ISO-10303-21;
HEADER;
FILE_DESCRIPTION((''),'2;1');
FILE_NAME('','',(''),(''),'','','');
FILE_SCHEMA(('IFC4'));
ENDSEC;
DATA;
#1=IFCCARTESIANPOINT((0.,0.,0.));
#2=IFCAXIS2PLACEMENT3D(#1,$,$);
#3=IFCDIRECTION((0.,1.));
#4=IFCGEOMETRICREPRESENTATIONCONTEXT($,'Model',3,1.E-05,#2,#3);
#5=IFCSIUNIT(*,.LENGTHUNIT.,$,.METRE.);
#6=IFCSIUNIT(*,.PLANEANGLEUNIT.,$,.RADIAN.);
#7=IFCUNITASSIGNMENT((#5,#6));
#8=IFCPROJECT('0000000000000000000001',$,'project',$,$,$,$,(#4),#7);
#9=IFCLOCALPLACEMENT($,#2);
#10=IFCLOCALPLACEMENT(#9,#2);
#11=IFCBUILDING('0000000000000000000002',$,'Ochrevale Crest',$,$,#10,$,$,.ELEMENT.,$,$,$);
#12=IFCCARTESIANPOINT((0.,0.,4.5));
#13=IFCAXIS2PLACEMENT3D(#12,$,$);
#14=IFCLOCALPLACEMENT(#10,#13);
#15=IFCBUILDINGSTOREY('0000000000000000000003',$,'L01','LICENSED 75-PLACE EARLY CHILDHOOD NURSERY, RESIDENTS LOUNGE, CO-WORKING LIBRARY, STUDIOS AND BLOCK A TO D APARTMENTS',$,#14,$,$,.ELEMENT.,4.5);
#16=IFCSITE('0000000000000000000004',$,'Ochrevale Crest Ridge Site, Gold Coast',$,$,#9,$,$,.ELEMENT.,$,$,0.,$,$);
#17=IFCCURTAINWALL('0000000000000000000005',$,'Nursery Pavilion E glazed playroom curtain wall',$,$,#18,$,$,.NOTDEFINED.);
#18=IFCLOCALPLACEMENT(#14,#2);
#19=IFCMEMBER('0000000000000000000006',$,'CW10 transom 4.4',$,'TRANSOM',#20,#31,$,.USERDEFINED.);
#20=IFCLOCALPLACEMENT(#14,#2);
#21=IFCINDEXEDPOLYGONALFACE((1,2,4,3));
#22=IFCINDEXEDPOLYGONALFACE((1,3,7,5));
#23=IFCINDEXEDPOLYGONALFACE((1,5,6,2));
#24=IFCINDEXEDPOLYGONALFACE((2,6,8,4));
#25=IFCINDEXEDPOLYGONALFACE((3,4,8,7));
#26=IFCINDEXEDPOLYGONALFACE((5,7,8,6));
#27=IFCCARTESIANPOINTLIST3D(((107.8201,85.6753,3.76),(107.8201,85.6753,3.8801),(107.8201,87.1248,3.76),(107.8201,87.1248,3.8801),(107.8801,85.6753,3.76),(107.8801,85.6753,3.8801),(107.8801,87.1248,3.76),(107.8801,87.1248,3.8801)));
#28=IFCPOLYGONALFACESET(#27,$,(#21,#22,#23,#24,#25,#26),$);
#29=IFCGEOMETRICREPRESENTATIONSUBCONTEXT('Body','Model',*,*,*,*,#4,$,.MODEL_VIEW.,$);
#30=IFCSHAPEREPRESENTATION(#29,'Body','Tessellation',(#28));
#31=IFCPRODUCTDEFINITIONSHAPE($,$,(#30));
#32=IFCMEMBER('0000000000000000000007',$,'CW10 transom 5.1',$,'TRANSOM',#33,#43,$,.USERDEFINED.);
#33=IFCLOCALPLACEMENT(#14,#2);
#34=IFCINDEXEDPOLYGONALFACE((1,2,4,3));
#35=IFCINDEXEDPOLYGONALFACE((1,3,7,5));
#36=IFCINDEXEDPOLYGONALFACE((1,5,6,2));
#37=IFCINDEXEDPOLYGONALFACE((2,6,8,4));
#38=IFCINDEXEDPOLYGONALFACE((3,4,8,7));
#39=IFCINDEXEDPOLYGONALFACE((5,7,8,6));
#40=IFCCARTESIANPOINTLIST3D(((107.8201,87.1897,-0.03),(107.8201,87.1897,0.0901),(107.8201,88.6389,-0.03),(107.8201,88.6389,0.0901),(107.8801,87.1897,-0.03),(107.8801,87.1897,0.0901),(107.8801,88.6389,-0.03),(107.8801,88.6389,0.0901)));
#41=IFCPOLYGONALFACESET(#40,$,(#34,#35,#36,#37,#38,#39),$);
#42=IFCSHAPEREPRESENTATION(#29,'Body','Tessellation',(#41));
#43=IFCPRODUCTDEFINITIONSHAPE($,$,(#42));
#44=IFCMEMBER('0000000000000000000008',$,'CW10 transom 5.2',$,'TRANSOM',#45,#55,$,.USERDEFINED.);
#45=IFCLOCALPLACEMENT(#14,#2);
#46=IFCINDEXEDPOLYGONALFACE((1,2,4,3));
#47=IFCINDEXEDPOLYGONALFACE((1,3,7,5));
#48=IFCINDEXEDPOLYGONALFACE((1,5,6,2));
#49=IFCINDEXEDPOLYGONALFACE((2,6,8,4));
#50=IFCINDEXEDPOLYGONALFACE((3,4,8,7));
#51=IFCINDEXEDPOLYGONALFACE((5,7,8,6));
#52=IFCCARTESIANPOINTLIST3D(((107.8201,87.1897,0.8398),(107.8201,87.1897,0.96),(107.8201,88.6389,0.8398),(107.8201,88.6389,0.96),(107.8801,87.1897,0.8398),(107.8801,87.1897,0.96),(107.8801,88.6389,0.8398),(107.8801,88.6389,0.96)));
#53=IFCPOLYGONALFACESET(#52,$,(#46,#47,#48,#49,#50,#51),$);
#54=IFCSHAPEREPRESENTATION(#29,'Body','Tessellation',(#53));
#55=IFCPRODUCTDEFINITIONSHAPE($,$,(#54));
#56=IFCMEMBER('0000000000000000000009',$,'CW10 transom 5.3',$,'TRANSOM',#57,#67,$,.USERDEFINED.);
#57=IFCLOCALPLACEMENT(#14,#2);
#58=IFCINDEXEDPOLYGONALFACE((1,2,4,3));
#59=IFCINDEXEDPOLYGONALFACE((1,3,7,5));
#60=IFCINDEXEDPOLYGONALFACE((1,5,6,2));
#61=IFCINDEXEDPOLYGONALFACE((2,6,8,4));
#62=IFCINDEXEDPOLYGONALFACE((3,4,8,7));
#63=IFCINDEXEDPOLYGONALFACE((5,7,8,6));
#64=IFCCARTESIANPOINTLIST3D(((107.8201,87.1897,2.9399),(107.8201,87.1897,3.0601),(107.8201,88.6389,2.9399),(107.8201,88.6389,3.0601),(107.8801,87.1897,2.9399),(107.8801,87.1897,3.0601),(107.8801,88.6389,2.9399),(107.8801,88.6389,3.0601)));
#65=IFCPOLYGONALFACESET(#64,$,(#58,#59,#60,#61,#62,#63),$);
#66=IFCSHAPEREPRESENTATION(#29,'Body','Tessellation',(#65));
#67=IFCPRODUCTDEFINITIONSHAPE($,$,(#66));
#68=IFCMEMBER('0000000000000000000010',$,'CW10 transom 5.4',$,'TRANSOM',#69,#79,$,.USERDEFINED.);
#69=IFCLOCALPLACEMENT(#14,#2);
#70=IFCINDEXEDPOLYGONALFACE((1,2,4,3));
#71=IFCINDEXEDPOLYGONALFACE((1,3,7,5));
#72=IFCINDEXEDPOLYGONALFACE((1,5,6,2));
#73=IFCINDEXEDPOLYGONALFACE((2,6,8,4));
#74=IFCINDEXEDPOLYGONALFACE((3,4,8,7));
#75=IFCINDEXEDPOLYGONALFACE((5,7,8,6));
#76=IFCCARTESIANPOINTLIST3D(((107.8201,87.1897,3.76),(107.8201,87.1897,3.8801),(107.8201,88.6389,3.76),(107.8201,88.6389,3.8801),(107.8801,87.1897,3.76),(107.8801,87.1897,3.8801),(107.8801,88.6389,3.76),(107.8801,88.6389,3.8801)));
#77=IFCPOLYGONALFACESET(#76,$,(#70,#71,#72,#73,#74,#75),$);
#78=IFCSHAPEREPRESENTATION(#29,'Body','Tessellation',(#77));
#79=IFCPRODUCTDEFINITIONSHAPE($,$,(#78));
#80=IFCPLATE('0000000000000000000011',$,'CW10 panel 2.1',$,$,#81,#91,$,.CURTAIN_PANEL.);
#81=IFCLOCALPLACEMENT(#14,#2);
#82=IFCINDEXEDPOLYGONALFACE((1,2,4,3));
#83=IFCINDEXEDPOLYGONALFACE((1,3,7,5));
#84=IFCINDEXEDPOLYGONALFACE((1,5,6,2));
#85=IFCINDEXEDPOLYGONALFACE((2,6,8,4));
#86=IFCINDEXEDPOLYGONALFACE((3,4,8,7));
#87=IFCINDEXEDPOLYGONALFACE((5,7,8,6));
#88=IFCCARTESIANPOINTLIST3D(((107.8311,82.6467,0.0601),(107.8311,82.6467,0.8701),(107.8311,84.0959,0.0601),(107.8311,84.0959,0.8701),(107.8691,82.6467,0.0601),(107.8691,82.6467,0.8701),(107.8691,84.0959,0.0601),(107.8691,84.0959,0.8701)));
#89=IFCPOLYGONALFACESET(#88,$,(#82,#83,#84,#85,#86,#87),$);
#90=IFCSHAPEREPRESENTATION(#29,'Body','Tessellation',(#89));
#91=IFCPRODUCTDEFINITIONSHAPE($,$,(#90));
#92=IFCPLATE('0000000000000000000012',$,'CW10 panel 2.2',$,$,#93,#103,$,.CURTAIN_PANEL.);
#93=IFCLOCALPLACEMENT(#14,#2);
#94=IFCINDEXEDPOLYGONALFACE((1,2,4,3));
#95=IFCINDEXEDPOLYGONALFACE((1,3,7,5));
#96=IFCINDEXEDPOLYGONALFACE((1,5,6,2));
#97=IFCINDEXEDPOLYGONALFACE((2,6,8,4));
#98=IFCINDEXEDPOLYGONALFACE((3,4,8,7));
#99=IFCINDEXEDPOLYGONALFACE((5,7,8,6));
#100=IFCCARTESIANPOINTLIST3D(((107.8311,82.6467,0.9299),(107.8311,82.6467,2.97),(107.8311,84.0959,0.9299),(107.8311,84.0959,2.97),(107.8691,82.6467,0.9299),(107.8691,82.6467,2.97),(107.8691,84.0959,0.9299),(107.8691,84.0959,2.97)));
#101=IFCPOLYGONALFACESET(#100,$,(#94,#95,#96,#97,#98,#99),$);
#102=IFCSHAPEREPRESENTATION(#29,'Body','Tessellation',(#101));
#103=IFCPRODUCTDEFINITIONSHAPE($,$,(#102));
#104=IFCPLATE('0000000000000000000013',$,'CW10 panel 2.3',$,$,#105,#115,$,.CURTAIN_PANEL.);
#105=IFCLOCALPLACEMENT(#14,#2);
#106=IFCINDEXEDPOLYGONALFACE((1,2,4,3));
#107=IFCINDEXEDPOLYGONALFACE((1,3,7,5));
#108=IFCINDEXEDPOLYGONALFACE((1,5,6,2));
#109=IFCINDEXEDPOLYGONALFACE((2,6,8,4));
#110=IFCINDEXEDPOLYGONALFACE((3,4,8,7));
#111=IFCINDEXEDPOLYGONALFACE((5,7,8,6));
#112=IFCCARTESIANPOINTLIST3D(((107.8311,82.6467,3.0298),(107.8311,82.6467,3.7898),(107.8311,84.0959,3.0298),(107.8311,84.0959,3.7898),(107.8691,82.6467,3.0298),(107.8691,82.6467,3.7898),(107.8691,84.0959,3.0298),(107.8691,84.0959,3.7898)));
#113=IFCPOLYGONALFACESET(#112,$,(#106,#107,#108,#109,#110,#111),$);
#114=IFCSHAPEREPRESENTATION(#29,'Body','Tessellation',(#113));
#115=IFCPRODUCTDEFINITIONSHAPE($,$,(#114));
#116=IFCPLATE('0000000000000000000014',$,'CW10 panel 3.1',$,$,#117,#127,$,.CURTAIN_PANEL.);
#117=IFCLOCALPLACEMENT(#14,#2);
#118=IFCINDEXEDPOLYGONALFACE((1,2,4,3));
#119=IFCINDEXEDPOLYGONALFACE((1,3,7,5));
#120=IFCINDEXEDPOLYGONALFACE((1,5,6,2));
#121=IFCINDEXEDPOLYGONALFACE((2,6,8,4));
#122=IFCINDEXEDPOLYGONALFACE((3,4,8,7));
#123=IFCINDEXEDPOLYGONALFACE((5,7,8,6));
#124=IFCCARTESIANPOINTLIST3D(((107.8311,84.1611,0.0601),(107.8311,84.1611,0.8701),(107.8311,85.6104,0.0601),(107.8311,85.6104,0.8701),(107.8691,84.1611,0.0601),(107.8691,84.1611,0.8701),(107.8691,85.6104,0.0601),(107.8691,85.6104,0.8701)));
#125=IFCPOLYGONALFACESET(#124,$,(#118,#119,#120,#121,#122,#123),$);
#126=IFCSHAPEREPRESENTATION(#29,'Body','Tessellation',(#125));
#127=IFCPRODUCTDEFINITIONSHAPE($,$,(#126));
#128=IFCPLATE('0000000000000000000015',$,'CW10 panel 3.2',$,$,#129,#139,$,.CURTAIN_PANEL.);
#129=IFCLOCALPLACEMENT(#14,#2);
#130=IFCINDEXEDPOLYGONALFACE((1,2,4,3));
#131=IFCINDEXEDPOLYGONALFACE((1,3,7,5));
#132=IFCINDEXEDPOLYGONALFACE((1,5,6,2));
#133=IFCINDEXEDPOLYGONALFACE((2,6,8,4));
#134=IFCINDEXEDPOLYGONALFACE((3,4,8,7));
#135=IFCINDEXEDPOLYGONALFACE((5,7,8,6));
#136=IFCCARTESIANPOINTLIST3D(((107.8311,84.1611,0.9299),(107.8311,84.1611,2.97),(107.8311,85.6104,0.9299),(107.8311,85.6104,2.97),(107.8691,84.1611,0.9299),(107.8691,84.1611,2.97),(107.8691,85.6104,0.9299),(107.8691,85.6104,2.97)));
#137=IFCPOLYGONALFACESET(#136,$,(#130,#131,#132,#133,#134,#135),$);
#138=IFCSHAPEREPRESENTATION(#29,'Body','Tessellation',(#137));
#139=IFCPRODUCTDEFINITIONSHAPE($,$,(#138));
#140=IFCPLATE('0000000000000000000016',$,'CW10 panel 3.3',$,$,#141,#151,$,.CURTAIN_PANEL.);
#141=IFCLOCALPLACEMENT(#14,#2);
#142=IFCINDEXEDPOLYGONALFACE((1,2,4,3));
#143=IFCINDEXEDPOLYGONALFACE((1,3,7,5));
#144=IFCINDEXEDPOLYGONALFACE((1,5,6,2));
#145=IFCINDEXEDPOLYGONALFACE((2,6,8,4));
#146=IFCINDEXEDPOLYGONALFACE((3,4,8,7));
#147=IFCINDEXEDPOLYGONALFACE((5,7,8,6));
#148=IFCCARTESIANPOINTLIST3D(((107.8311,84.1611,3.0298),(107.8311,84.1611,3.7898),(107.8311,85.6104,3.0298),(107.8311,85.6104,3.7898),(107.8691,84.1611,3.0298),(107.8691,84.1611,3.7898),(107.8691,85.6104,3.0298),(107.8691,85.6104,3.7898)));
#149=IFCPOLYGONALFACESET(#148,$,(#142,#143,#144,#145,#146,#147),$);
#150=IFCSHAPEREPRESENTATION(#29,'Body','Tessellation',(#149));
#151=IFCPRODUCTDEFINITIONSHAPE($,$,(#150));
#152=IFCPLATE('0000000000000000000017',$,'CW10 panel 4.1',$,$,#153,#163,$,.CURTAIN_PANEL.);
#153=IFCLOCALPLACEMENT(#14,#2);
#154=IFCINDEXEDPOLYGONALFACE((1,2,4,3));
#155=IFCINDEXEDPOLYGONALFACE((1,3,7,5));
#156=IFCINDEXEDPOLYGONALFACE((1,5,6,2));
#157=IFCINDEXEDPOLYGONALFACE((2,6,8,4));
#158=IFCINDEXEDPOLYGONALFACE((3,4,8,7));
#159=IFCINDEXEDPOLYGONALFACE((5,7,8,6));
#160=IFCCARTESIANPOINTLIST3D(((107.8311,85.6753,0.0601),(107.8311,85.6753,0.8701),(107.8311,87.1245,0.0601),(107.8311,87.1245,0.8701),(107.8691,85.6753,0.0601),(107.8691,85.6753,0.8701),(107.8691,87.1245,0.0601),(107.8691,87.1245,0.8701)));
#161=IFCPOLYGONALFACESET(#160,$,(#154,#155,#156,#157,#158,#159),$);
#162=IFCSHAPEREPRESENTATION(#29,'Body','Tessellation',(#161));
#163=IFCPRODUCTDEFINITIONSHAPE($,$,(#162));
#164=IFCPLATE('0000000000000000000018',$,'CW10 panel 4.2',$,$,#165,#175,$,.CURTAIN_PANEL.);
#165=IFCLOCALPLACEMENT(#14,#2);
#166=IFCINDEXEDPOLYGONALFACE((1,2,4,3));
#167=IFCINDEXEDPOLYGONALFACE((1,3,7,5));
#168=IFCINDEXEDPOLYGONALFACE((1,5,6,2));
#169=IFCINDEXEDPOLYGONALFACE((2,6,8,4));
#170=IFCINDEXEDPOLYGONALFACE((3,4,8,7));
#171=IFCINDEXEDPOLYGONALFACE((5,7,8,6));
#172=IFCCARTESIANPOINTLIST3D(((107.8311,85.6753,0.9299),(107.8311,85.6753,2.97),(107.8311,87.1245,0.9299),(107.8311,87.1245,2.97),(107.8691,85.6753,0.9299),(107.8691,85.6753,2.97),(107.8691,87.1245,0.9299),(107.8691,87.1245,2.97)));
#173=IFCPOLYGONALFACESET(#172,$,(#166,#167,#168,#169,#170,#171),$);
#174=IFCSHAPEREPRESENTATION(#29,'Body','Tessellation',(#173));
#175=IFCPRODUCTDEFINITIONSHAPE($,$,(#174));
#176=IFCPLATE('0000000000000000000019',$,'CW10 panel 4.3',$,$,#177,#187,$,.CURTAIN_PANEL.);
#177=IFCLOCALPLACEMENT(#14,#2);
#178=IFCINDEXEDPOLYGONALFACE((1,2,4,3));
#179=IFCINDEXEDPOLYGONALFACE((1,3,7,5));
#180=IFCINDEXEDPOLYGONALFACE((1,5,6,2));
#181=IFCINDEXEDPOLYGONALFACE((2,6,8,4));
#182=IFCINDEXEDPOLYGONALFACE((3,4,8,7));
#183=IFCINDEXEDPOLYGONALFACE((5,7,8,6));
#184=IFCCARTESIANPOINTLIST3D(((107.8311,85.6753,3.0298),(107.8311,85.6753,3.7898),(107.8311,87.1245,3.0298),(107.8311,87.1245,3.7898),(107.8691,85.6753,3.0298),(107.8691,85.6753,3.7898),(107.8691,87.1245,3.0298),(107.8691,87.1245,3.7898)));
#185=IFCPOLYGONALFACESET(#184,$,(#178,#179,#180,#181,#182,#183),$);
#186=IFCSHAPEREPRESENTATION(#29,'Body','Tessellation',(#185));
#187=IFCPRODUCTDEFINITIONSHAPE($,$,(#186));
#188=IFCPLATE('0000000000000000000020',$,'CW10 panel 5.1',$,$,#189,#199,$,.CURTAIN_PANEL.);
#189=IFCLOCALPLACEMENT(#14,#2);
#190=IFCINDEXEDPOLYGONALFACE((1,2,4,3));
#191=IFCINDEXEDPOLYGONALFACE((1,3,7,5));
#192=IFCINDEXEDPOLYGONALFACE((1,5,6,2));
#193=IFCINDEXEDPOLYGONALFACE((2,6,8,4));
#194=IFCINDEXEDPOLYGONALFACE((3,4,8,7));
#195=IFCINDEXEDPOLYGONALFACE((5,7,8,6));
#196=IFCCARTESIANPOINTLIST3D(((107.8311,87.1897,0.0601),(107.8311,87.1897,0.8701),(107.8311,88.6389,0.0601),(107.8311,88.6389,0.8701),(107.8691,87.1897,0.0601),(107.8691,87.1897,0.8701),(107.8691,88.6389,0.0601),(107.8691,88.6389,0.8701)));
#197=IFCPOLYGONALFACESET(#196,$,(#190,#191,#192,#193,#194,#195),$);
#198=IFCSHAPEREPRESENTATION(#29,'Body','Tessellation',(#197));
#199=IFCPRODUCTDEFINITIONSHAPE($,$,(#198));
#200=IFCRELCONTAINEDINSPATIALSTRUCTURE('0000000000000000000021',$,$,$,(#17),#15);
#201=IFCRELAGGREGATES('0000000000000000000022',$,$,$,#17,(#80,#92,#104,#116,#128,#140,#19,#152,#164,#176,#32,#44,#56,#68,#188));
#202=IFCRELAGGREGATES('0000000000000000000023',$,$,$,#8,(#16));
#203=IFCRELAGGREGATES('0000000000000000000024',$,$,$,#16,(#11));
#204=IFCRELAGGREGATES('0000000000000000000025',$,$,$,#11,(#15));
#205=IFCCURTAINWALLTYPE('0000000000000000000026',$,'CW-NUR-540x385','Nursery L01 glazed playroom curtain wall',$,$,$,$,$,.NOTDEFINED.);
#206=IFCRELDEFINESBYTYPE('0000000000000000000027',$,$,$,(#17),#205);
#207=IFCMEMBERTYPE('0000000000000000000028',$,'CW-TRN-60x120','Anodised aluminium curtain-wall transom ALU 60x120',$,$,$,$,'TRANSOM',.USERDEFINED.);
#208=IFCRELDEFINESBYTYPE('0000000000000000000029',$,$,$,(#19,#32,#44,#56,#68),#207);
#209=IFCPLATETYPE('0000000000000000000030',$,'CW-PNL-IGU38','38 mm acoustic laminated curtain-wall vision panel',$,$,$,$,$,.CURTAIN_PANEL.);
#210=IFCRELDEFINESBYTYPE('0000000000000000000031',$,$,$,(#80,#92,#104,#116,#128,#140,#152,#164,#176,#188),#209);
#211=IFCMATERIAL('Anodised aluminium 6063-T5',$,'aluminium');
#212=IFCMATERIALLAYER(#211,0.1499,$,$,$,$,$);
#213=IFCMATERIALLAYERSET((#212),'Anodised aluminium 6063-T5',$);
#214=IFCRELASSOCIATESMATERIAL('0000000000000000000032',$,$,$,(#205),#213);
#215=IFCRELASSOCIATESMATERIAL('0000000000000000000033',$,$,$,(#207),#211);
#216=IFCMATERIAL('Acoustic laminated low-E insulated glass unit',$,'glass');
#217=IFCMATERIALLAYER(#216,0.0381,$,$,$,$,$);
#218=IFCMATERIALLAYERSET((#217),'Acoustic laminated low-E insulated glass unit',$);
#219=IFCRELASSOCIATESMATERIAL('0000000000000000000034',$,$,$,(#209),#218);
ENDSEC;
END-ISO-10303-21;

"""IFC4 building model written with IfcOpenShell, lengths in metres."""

from ifc_helpers import new_model, si_unit, direction, frame, origin, origin_2d, place, context, subcontext, project, spatial, rectangle, extrude, material, layer, layer_set, material_profile, profile_set, type_object, element, aggregate, save


model = new_model("IFC4")

# Units and contexts
model_context = context("Model", 3, precision=1e-05, world=origin(), true_north=direction((0.0, 1.0)))
body_context = subcontext(model_context, "Body", "Model", "MODEL_VIEW")
ifc_project = project(units=[si_unit("LENGTHUNIT", "METRE"), si_unit("PLANEANGLEUNIT", "RADIAN")], contexts=[model_context])

# Site, building, storey
site_placement = place(None, origin())
site = spatial("IfcSite", under=ifc_project, at=site_placement, Name="Ochrevale Crest Ridge Site, Gold Coast", CompositionType="ELEMENT", RefElevation=0.0)
building_placement = place(site_placement, origin())
building = spatial("IfcBuilding", under=site, at=building_placement, Name="Ochrevale Crest", CompositionType="ELEMENT")
storey_placement = place(building_placement, frame((0.0, 0.0, 4.5)))
storey = spatial("IfcBuildingStorey", under=building, at=storey_placement, Name="L01", Description="LICENSED 75-PLACE EARLY CHILDHOOD NURSERY, RESIDENTS LOUNGE, CO-WORKING LIBRARY, STUDIOS AND BLOCK A TO D APARTMENTS", CompositionType="ELEMENT", Elevation=4.5)

# Curtain wall, members, plates
ifc_material_1 = material(Name="Anodised aluminium 6063-T5", Category="aluminium")
ifc_layer_1 = layer(ifc_material_1, 0.1499)
ifc_layer_set_1 = layer_set([ifc_layer_1], Name="Anodised aluminium 6063-T5")
curtain_wall_type = type_object("IfcCurtainWallType", Name="CW-NUR-540x385", Description="Nursery L01 glazed playroom curtain wall", PredefinedType="NOTDEFINED", material=ifc_layer_set_1)
curtain_wall_placement = place(storey_placement, origin())
curtain_wall = element("IfcCurtainWall", 1, at=curtain_wall_placement, inside=storey, type_object=curtain_wall_type, Name="Nursery Pavilion E glazed playroom curtain wall", PredefinedType="NOTDEFINED")
ifc_material_profile_1 = material_profile(ifc_material_1, rectangle(XDim=0.0601, YDim=0.1201, at=origin_2d()), Name="ALU 60x120")
ifc_profile_set_1 = profile_set([ifc_material_profile_1], Name="Anodised aluminium 6063-T5")
member_type_1 = type_object("IfcMemberType", Name="CW-TRN-60x120", Description="Anodised aluminium curtain-wall transom ALU 60x120", ElementType="TRANSOM", PredefinedType="USERDEFINED", material=ifc_profile_set_1)
member_1_placement = place(storey_placement, frame((107.8501, 85.6753, 3.8201), z_axis=(0.0, 1.0, 0.0), x_axis=(-1.0, 0.0, 0.0)))
member_1 = element("IfcMember", 2, at=member_1_placement, type_object=member_type_1, Name="CW10 transom 4.4", ObjectType="TRANSOM", PredefinedType="USERDEFINED", context=body_context, shape_type="SweptSolid", body=[
    extrude(rectangle(XDim=0.0601, YDim=0.1201, at=origin_2d()), origin(), (0.0, 0.0, 1.0), 1.4495),
])
member_2_placement = place(storey_placement, frame((107.8501, 87.1897, 0.03), z_axis=(0.0, 1.0, 0.0), x_axis=(-1.0, 0.0, 0.0)))
member_2 = element("IfcMember", 3, at=member_2_placement, type_object=member_type_1, Name="CW10 transom 5.1", ObjectType="TRANSOM", PredefinedType="USERDEFINED", context=body_context, shape_type="SweptSolid", body=[
    extrude(rectangle(XDim=0.0601, YDim=0.1201, at=origin_2d()), origin(), (0.0, 0.0, 1.0), 1.4492),
])
member_3_placement = place(storey_placement, frame((107.8501, 87.1897, 0.8999), z_axis=(0.0, 1.0, 0.0), x_axis=(-1.0, 0.0, 0.0)))
member_3 = element("IfcMember", 4, at=member_3_placement, type_object=member_type_1, Name="CW10 transom 5.2", ObjectType="TRANSOM", PredefinedType="USERDEFINED", context=body_context, shape_type="SweptSolid", body=[
    extrude(rectangle(XDim=0.0601, YDim=0.1201, at=origin_2d()), origin(), (0.0, 0.0, 1.0), 1.4492),
])
member_4_placement = place(storey_placement, frame((107.8501, 87.1897, 3.0), z_axis=(0.0, 1.0, 0.0), x_axis=(-1.0, 0.0, 0.0)))
member_4 = element("IfcMember", 5, at=member_4_placement, type_object=member_type_1, Name="CW10 transom 5.3", ObjectType="TRANSOM", PredefinedType="USERDEFINED", context=body_context, shape_type="SweptSolid", body=[
    extrude(rectangle(XDim=0.0601, YDim=0.1201, at=origin_2d()), origin(), (0.0, 0.0, 1.0), 1.4492),
])
member_5_placement = place(storey_placement, frame((107.8501, 87.1897, 3.8201), z_axis=(0.0, 1.0, 0.0), x_axis=(-1.0, 0.0, 0.0)))
member_5 = element("IfcMember", 6, at=member_5_placement, type_object=member_type_1, Name="CW10 transom 5.4", ObjectType="TRANSOM", PredefinedType="USERDEFINED", context=body_context, shape_type="SweptSolid", body=[
    extrude(rectangle(XDim=0.0601, YDim=0.1201, at=origin_2d()), origin(), (0.0, 0.0, 1.0), 1.4492),
])
ifc_material_2 = material(Name="Acoustic laminated low-E insulated glass unit", Category="glass")
ifc_layer_2 = layer(ifc_material_2, 0.0381)
ifc_layer_set_2 = layer_set([ifc_layer_2], Name="Acoustic laminated low-E insulated glass unit")
plate_type = type_object("IfcPlateType", Name="CW-PNL-IGU38", Description="38 mm acoustic laminated curtain-wall vision panel", PredefinedType="CURTAIN_PANEL", material=ifc_layer_set_2)
plate_1_placement = place(storey_placement, frame((107.8501, 83.3713, 0.0601), z_axis=(0.0, 0.0, 1.0), x_axis=(0.0, 1.0, 0.0)))
plate_1 = element("IfcPlate", 7, at=plate_1_placement, type_object=plate_type, Name="CW10 panel 2.1", PredefinedType="CURTAIN_PANEL", context=body_context, shape_type="SweptSolid", body=[
    extrude(rectangle(XDim=1.4492, YDim=0.0381, at=origin_2d()), origin(), (0.0, 0.0, 1.0), 0.8101),
])
plate_2_placement = place(storey_placement, frame((107.8501, 83.3713, 0.9299), z_axis=(0.0, 0.0, 1.0), x_axis=(0.0, 1.0, 0.0)))
plate_2 = element("IfcPlate", 8, at=plate_2_placement, type_object=plate_type, Name="CW10 panel 2.2", PredefinedType="CURTAIN_PANEL", context=body_context, shape_type="SweptSolid", body=[
    extrude(rectangle(XDim=1.4492, YDim=0.0381, at=origin_2d()), origin(), (0.0, 0.0, 1.0), 2.04),
])
plate_3_placement = place(storey_placement, frame((107.8501, 83.3713, 3.0298), z_axis=(0.0, 0.0, 1.0), x_axis=(0.0, 1.0, 0.0)))
plate_3 = element("IfcPlate", 9, at=plate_3_placement, type_object=plate_type, Name="CW10 panel 2.3", PredefinedType="CURTAIN_PANEL", context=body_context, shape_type="SweptSolid", body=[
    extrude(rectangle(XDim=1.4492, YDim=0.0381, at=origin_2d()), origin(), (0.0, 0.0, 1.0), 0.76),
])
plate_4_placement = place(storey_placement, frame((107.8501, 84.8857, 0.0601), z_axis=(0.0, 0.0, 1.0), x_axis=(0.0, 1.0, 0.0)))
plate_4 = element("IfcPlate", 10, at=plate_4_placement, type_object=plate_type, Name="CW10 panel 3.1", PredefinedType="CURTAIN_PANEL", context=body_context, shape_type="SweptSolid", body=[
    extrude(rectangle(XDim=1.4492, YDim=0.0381, at=origin_2d()), origin(), (0.0, 0.0, 1.0), 0.8101),
])
plate_5_placement = place(storey_placement, frame((107.8501, 84.8857, 0.9299), z_axis=(0.0, 0.0, 1.0), x_axis=(0.0, 1.0, 0.0)))
plate_5 = element("IfcPlate", 11, at=plate_5_placement, type_object=plate_type, Name="CW10 panel 3.2", PredefinedType="CURTAIN_PANEL", context=body_context, shape_type="SweptSolid", body=[
    extrude(rectangle(XDim=1.4492, YDim=0.0381, at=origin_2d()), origin(), (0.0, 0.0, 1.0), 2.04),
])
plate_6_placement = place(storey_placement, frame((107.8501, 84.8857, 3.0298), z_axis=(0.0, 0.0, 1.0), x_axis=(0.0, 1.0, 0.0)))
plate_6 = element("IfcPlate", 12, at=plate_6_placement, type_object=plate_type, Name="CW10 panel 3.3", PredefinedType="CURTAIN_PANEL", context=body_context, shape_type="SweptSolid", body=[
    extrude(rectangle(XDim=1.4492, YDim=0.0381, at=origin_2d()), origin(), (0.0, 0.0, 1.0), 0.76),
])
plate_7_placement = place(storey_placement, frame((107.8501, 86.3999, 0.0601), z_axis=(0.0, 0.0, 1.0), x_axis=(0.0, 1.0, 0.0)))
plate_7 = element("IfcPlate", 13, at=plate_7_placement, type_object=plate_type, Name="CW10 panel 4.1", PredefinedType="CURTAIN_PANEL", context=body_context, shape_type="SweptSolid", body=[
    extrude(rectangle(XDim=1.4492, YDim=0.0381, at=origin_2d()), origin(), (0.0, 0.0, 1.0), 0.8101),
])
plate_8_placement = place(storey_placement, frame((107.8501, 86.3999, 0.9299), z_axis=(0.0, 0.0, 1.0), x_axis=(0.0, 1.0, 0.0)))
plate_8 = element("IfcPlate", 14, at=plate_8_placement, type_object=plate_type, Name="CW10 panel 4.2", PredefinedType="CURTAIN_PANEL", context=body_context, shape_type="SweptSolid", body=[
    extrude(rectangle(XDim=1.4492, YDim=0.0381, at=origin_2d()), origin(), (0.0, 0.0, 1.0), 2.04),
])
plate_9_placement = place(storey_placement, frame((107.8501, 86.3999, 3.0298), z_axis=(0.0, 0.0, 1.0), x_axis=(0.0, 1.0, 0.0)))
plate_9 = element("IfcPlate", 15, at=plate_9_placement, type_object=plate_type, Name="CW10 panel 4.3", PredefinedType="CURTAIN_PANEL", context=body_context, shape_type="SweptSolid", body=[
    extrude(rectangle(XDim=1.4492, YDim=0.0381, at=origin_2d()), origin(), (0.0, 0.0, 1.0), 0.76),
])
plate_10_placement = place(storey_placement, frame((107.8501, 87.9143, 0.0601), z_axis=(0.0, 0.0, 1.0), x_axis=(0.0, 1.0, 0.0)))
plate_10 = element("IfcPlate", 16, at=plate_10_placement, type_object=plate_type, Name="CW10 panel 5.1", PredefinedType="CURTAIN_PANEL", context=body_context, shape_type="SweptSolid", body=[
    extrude(rectangle(XDim=1.4492, YDim=0.0381, at=origin_2d()), origin(), (0.0, 0.0, 1.0), 0.8101),
])
aggregate(curtain_wall, [plate_1, plate_2, plate_3, plate_4, plate_5, plate_6, member_1, plate_7, plate_8, plate_9, member_2, member_3, member_4, member_5, plate_10])

save(model, "model.ifc")
